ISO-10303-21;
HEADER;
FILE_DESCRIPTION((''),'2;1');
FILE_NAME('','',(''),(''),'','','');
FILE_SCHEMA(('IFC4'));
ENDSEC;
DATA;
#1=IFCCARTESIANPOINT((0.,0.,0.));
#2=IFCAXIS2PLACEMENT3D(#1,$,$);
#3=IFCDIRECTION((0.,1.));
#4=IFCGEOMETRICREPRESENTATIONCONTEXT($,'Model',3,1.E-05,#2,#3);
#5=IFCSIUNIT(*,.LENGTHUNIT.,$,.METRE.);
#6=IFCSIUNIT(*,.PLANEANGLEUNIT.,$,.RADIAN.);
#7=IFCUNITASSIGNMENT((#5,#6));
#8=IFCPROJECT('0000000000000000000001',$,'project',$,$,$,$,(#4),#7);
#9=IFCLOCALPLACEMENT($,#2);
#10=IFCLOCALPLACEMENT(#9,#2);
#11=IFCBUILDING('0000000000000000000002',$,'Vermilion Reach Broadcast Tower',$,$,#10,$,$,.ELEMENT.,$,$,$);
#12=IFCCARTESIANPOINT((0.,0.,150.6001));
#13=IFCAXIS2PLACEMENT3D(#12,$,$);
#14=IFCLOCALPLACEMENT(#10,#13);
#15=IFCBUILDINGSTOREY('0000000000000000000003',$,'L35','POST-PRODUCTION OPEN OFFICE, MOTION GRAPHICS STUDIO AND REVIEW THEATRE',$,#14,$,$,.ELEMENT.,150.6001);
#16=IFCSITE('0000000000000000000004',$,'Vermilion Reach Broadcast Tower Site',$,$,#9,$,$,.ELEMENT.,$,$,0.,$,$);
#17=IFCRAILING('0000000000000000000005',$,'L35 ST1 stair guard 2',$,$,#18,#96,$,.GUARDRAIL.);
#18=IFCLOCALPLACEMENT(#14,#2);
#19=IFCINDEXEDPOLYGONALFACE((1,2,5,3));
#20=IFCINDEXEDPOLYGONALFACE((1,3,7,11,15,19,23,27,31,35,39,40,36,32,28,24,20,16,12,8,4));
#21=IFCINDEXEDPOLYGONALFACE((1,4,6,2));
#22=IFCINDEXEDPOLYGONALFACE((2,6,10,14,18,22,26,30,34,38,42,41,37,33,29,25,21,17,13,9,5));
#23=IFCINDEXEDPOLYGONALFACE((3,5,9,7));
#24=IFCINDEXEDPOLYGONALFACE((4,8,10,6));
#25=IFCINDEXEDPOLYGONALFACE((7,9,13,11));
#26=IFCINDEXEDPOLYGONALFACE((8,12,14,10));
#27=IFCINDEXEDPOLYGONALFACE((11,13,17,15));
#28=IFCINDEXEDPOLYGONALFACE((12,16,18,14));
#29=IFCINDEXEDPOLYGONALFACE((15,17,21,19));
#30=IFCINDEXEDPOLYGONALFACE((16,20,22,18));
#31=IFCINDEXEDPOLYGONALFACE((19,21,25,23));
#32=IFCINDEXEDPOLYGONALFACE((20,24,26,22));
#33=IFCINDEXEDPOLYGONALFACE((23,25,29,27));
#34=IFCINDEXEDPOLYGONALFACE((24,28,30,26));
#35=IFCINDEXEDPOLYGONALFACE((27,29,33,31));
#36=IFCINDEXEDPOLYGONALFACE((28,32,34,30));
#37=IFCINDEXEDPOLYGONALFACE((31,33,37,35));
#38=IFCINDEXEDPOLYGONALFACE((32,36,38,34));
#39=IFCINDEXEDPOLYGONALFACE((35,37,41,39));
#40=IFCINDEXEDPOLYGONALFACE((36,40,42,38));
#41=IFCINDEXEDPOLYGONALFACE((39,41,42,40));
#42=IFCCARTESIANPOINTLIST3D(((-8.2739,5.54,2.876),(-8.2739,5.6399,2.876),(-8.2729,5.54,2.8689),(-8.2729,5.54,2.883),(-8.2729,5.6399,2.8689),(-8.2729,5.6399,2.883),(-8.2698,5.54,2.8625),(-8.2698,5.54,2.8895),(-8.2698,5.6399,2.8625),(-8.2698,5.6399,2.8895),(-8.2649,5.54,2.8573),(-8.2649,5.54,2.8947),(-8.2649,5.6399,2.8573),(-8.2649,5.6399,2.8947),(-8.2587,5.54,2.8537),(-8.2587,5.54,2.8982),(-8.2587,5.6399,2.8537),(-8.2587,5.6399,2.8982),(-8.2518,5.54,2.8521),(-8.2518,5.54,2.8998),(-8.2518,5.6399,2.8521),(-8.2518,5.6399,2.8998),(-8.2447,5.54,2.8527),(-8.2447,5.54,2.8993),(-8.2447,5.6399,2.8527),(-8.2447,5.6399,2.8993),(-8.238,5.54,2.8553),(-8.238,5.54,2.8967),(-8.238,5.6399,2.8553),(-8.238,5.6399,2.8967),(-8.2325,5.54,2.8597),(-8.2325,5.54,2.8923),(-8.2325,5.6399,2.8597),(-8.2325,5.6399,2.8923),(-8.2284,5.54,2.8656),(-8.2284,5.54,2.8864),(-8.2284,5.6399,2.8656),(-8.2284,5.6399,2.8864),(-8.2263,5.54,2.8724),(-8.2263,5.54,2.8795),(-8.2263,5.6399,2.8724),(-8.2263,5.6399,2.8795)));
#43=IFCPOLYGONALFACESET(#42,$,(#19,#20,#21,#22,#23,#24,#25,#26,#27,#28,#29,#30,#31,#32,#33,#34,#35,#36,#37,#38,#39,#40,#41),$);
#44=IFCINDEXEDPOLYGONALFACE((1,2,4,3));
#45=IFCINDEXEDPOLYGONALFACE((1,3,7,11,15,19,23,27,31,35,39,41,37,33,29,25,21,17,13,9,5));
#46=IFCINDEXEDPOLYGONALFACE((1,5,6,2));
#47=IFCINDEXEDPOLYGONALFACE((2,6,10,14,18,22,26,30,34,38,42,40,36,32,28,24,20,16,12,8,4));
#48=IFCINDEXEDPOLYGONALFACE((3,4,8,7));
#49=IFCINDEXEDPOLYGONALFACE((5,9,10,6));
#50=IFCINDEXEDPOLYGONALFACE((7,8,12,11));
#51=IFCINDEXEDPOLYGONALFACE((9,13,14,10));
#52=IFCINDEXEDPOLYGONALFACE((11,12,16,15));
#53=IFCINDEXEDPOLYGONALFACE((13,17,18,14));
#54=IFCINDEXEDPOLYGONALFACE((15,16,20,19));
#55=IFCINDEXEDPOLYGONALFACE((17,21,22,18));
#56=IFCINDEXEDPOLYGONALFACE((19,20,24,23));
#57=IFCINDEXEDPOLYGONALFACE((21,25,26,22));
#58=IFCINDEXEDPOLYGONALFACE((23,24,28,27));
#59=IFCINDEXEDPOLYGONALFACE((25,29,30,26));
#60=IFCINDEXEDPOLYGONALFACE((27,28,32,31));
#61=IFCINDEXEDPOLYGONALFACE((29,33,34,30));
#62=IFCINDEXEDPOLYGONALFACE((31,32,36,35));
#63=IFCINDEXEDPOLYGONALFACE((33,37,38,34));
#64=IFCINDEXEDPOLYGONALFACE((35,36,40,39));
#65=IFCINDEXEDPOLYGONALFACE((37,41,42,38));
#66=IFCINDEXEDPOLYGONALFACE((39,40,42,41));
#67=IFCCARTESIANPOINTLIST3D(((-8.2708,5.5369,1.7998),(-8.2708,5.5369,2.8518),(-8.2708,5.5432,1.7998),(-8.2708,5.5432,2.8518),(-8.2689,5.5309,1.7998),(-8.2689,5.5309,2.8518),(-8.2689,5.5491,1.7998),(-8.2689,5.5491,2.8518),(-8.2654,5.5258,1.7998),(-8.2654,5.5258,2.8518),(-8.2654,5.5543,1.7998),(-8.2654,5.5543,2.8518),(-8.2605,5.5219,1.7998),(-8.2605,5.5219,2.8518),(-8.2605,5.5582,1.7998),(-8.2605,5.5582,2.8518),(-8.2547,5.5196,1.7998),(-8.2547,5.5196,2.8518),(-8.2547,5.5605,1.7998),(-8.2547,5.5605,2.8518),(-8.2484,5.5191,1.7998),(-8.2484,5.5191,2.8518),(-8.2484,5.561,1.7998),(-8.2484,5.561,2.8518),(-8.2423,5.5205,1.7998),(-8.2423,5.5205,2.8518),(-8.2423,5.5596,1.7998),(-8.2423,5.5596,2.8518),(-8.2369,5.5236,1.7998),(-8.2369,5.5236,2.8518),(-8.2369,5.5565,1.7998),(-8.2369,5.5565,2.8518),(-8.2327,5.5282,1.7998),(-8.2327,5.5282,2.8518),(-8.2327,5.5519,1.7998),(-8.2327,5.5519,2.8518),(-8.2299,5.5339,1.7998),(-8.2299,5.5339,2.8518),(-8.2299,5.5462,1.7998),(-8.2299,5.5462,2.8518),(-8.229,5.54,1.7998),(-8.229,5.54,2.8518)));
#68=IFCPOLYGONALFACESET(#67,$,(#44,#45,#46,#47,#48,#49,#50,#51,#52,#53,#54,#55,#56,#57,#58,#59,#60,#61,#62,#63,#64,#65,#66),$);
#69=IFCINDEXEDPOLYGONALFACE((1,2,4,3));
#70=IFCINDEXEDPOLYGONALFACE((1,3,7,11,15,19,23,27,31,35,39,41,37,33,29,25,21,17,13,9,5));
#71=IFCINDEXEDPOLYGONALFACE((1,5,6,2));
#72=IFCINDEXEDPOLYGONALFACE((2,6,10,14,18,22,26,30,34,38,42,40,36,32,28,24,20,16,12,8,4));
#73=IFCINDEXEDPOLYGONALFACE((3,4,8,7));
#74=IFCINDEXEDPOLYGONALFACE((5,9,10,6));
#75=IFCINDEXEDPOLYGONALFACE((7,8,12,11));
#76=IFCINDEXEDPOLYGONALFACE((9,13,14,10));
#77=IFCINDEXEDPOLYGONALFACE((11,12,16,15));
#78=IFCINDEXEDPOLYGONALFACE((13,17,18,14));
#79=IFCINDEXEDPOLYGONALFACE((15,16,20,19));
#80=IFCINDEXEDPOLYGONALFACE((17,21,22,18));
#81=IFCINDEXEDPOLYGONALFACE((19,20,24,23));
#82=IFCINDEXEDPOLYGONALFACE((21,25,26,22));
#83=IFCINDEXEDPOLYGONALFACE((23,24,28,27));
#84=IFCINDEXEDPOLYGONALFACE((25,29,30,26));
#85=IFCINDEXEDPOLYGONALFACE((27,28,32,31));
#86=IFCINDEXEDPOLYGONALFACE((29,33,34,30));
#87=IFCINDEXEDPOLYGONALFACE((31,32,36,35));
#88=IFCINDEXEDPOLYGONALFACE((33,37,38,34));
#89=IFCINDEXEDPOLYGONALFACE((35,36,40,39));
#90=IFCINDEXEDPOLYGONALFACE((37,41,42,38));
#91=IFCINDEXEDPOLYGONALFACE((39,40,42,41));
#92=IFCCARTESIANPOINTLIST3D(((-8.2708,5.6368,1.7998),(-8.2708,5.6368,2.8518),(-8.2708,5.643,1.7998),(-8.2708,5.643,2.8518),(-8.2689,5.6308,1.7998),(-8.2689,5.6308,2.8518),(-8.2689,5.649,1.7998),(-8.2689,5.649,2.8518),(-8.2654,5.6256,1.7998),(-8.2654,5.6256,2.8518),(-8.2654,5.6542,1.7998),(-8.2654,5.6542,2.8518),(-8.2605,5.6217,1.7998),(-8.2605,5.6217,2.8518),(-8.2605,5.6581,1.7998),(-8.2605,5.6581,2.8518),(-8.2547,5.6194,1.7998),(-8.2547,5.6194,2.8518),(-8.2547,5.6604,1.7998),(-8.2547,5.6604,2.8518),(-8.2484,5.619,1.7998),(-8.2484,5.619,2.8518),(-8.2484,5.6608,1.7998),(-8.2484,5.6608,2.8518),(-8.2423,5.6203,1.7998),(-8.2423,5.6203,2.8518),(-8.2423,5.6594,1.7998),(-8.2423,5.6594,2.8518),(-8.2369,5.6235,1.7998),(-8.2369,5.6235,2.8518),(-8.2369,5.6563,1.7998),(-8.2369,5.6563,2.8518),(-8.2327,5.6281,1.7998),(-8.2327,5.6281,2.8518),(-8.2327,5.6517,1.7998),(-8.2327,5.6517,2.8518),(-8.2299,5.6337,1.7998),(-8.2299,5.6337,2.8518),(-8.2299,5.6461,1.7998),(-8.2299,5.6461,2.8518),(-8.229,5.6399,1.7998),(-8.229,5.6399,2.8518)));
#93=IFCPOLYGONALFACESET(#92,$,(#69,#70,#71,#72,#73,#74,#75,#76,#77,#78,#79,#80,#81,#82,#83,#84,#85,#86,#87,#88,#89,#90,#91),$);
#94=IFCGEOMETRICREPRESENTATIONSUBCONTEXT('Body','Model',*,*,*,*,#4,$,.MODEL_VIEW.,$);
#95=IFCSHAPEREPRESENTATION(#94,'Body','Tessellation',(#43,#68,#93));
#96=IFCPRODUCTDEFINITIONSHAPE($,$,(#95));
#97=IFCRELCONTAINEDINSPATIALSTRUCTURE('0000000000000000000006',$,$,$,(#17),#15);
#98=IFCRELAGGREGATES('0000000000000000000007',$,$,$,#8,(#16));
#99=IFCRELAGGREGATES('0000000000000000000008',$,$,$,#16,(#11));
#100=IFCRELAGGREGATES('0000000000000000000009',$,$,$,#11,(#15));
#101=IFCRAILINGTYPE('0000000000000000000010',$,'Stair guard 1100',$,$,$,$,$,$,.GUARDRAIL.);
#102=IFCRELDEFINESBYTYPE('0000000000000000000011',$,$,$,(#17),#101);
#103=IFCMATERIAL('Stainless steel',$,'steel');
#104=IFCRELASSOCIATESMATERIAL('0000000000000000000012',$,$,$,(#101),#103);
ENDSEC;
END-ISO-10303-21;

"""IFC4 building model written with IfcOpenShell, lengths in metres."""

from ifc_helpers import new_model, si_unit, direction, frame, origin, origin_2d, place, context, subcontext, project, spatial, circle, extrude, material, type_object, element, save


model = new_model("IFC4")

# Units and contexts
model_context = context("Model", 3, precision=1e-05, world=origin(), true_north=direction((0.0, 1.0)))
body_context = subcontext(model_context, "Body", "Model", "MODEL_VIEW")
ifc_project = project(units=[si_unit("LENGTHUNIT", "METRE"), si_unit("PLANEANGLEUNIT", "RADIAN")], contexts=[model_context])

# Site, building, storey
site_placement = place(None, origin())
site = spatial("IfcSite", under=ifc_project, at=site_placement, Name="Vermilion Reach Broadcast Tower Site", CompositionType="ELEMENT", RefElevation=0.0)
building_placement = place(site_placement, origin())
building = spatial("IfcBuilding", under=site, at=building_placement, Name="Vermilion Reach Broadcast Tower", CompositionType="ELEMENT")
storey_placement = place(building_placement, frame((0.0, 0.0, 150.6001)))
storey = spatial("IfcBuildingStorey", under=building, at=storey_placement, Name="L35", Description="POST-PRODUCTION OPEN OFFICE, MOTION GRAPHICS STUDIO AND REVIEW THEATRE", CompositionType="ELEMENT", Elevation=150.6001)

# Railing
ifc_material_1 = material(Name="Stainless steel", Category="steel")
railing_type_1 = type_object("IfcRailingType", Name="Stair guard 1100", PredefinedType="GUARDRAIL", material=ifc_material_1)
railing_1_placement = place(storey_placement, frame((-8.25, 5.54, 1.7998)))
element("IfcRailing", 1, at=railing_1_placement, inside=storey, type_object=railing_type_1, Name="L35 ST1 stair guard 2", PredefinedType="GUARDRAIL", context=body_context, shape_type="SweptSolid", body=[
    extrude(circle(Radius=0.0239, at=origin_2d()), frame((0.0, 0.0, 1.0762), z_axis=(0.0, 1.0, 0.0), x_axis=(-1.0, 0.0, 0.0)), (0.0, 0.0, 1.0), 0.0999),
    extrude(circle(Radius=0.021, at=origin_2d()), origin(), (0.0, 0.0, 1.0), 1.052),
    extrude(circle(Radius=0.021, at=origin_2d()), frame((0.0, 0.0999, 0.0)), (0.0, 0.0, 1.0), 1.052),
])

save(model, "model.ifc")
